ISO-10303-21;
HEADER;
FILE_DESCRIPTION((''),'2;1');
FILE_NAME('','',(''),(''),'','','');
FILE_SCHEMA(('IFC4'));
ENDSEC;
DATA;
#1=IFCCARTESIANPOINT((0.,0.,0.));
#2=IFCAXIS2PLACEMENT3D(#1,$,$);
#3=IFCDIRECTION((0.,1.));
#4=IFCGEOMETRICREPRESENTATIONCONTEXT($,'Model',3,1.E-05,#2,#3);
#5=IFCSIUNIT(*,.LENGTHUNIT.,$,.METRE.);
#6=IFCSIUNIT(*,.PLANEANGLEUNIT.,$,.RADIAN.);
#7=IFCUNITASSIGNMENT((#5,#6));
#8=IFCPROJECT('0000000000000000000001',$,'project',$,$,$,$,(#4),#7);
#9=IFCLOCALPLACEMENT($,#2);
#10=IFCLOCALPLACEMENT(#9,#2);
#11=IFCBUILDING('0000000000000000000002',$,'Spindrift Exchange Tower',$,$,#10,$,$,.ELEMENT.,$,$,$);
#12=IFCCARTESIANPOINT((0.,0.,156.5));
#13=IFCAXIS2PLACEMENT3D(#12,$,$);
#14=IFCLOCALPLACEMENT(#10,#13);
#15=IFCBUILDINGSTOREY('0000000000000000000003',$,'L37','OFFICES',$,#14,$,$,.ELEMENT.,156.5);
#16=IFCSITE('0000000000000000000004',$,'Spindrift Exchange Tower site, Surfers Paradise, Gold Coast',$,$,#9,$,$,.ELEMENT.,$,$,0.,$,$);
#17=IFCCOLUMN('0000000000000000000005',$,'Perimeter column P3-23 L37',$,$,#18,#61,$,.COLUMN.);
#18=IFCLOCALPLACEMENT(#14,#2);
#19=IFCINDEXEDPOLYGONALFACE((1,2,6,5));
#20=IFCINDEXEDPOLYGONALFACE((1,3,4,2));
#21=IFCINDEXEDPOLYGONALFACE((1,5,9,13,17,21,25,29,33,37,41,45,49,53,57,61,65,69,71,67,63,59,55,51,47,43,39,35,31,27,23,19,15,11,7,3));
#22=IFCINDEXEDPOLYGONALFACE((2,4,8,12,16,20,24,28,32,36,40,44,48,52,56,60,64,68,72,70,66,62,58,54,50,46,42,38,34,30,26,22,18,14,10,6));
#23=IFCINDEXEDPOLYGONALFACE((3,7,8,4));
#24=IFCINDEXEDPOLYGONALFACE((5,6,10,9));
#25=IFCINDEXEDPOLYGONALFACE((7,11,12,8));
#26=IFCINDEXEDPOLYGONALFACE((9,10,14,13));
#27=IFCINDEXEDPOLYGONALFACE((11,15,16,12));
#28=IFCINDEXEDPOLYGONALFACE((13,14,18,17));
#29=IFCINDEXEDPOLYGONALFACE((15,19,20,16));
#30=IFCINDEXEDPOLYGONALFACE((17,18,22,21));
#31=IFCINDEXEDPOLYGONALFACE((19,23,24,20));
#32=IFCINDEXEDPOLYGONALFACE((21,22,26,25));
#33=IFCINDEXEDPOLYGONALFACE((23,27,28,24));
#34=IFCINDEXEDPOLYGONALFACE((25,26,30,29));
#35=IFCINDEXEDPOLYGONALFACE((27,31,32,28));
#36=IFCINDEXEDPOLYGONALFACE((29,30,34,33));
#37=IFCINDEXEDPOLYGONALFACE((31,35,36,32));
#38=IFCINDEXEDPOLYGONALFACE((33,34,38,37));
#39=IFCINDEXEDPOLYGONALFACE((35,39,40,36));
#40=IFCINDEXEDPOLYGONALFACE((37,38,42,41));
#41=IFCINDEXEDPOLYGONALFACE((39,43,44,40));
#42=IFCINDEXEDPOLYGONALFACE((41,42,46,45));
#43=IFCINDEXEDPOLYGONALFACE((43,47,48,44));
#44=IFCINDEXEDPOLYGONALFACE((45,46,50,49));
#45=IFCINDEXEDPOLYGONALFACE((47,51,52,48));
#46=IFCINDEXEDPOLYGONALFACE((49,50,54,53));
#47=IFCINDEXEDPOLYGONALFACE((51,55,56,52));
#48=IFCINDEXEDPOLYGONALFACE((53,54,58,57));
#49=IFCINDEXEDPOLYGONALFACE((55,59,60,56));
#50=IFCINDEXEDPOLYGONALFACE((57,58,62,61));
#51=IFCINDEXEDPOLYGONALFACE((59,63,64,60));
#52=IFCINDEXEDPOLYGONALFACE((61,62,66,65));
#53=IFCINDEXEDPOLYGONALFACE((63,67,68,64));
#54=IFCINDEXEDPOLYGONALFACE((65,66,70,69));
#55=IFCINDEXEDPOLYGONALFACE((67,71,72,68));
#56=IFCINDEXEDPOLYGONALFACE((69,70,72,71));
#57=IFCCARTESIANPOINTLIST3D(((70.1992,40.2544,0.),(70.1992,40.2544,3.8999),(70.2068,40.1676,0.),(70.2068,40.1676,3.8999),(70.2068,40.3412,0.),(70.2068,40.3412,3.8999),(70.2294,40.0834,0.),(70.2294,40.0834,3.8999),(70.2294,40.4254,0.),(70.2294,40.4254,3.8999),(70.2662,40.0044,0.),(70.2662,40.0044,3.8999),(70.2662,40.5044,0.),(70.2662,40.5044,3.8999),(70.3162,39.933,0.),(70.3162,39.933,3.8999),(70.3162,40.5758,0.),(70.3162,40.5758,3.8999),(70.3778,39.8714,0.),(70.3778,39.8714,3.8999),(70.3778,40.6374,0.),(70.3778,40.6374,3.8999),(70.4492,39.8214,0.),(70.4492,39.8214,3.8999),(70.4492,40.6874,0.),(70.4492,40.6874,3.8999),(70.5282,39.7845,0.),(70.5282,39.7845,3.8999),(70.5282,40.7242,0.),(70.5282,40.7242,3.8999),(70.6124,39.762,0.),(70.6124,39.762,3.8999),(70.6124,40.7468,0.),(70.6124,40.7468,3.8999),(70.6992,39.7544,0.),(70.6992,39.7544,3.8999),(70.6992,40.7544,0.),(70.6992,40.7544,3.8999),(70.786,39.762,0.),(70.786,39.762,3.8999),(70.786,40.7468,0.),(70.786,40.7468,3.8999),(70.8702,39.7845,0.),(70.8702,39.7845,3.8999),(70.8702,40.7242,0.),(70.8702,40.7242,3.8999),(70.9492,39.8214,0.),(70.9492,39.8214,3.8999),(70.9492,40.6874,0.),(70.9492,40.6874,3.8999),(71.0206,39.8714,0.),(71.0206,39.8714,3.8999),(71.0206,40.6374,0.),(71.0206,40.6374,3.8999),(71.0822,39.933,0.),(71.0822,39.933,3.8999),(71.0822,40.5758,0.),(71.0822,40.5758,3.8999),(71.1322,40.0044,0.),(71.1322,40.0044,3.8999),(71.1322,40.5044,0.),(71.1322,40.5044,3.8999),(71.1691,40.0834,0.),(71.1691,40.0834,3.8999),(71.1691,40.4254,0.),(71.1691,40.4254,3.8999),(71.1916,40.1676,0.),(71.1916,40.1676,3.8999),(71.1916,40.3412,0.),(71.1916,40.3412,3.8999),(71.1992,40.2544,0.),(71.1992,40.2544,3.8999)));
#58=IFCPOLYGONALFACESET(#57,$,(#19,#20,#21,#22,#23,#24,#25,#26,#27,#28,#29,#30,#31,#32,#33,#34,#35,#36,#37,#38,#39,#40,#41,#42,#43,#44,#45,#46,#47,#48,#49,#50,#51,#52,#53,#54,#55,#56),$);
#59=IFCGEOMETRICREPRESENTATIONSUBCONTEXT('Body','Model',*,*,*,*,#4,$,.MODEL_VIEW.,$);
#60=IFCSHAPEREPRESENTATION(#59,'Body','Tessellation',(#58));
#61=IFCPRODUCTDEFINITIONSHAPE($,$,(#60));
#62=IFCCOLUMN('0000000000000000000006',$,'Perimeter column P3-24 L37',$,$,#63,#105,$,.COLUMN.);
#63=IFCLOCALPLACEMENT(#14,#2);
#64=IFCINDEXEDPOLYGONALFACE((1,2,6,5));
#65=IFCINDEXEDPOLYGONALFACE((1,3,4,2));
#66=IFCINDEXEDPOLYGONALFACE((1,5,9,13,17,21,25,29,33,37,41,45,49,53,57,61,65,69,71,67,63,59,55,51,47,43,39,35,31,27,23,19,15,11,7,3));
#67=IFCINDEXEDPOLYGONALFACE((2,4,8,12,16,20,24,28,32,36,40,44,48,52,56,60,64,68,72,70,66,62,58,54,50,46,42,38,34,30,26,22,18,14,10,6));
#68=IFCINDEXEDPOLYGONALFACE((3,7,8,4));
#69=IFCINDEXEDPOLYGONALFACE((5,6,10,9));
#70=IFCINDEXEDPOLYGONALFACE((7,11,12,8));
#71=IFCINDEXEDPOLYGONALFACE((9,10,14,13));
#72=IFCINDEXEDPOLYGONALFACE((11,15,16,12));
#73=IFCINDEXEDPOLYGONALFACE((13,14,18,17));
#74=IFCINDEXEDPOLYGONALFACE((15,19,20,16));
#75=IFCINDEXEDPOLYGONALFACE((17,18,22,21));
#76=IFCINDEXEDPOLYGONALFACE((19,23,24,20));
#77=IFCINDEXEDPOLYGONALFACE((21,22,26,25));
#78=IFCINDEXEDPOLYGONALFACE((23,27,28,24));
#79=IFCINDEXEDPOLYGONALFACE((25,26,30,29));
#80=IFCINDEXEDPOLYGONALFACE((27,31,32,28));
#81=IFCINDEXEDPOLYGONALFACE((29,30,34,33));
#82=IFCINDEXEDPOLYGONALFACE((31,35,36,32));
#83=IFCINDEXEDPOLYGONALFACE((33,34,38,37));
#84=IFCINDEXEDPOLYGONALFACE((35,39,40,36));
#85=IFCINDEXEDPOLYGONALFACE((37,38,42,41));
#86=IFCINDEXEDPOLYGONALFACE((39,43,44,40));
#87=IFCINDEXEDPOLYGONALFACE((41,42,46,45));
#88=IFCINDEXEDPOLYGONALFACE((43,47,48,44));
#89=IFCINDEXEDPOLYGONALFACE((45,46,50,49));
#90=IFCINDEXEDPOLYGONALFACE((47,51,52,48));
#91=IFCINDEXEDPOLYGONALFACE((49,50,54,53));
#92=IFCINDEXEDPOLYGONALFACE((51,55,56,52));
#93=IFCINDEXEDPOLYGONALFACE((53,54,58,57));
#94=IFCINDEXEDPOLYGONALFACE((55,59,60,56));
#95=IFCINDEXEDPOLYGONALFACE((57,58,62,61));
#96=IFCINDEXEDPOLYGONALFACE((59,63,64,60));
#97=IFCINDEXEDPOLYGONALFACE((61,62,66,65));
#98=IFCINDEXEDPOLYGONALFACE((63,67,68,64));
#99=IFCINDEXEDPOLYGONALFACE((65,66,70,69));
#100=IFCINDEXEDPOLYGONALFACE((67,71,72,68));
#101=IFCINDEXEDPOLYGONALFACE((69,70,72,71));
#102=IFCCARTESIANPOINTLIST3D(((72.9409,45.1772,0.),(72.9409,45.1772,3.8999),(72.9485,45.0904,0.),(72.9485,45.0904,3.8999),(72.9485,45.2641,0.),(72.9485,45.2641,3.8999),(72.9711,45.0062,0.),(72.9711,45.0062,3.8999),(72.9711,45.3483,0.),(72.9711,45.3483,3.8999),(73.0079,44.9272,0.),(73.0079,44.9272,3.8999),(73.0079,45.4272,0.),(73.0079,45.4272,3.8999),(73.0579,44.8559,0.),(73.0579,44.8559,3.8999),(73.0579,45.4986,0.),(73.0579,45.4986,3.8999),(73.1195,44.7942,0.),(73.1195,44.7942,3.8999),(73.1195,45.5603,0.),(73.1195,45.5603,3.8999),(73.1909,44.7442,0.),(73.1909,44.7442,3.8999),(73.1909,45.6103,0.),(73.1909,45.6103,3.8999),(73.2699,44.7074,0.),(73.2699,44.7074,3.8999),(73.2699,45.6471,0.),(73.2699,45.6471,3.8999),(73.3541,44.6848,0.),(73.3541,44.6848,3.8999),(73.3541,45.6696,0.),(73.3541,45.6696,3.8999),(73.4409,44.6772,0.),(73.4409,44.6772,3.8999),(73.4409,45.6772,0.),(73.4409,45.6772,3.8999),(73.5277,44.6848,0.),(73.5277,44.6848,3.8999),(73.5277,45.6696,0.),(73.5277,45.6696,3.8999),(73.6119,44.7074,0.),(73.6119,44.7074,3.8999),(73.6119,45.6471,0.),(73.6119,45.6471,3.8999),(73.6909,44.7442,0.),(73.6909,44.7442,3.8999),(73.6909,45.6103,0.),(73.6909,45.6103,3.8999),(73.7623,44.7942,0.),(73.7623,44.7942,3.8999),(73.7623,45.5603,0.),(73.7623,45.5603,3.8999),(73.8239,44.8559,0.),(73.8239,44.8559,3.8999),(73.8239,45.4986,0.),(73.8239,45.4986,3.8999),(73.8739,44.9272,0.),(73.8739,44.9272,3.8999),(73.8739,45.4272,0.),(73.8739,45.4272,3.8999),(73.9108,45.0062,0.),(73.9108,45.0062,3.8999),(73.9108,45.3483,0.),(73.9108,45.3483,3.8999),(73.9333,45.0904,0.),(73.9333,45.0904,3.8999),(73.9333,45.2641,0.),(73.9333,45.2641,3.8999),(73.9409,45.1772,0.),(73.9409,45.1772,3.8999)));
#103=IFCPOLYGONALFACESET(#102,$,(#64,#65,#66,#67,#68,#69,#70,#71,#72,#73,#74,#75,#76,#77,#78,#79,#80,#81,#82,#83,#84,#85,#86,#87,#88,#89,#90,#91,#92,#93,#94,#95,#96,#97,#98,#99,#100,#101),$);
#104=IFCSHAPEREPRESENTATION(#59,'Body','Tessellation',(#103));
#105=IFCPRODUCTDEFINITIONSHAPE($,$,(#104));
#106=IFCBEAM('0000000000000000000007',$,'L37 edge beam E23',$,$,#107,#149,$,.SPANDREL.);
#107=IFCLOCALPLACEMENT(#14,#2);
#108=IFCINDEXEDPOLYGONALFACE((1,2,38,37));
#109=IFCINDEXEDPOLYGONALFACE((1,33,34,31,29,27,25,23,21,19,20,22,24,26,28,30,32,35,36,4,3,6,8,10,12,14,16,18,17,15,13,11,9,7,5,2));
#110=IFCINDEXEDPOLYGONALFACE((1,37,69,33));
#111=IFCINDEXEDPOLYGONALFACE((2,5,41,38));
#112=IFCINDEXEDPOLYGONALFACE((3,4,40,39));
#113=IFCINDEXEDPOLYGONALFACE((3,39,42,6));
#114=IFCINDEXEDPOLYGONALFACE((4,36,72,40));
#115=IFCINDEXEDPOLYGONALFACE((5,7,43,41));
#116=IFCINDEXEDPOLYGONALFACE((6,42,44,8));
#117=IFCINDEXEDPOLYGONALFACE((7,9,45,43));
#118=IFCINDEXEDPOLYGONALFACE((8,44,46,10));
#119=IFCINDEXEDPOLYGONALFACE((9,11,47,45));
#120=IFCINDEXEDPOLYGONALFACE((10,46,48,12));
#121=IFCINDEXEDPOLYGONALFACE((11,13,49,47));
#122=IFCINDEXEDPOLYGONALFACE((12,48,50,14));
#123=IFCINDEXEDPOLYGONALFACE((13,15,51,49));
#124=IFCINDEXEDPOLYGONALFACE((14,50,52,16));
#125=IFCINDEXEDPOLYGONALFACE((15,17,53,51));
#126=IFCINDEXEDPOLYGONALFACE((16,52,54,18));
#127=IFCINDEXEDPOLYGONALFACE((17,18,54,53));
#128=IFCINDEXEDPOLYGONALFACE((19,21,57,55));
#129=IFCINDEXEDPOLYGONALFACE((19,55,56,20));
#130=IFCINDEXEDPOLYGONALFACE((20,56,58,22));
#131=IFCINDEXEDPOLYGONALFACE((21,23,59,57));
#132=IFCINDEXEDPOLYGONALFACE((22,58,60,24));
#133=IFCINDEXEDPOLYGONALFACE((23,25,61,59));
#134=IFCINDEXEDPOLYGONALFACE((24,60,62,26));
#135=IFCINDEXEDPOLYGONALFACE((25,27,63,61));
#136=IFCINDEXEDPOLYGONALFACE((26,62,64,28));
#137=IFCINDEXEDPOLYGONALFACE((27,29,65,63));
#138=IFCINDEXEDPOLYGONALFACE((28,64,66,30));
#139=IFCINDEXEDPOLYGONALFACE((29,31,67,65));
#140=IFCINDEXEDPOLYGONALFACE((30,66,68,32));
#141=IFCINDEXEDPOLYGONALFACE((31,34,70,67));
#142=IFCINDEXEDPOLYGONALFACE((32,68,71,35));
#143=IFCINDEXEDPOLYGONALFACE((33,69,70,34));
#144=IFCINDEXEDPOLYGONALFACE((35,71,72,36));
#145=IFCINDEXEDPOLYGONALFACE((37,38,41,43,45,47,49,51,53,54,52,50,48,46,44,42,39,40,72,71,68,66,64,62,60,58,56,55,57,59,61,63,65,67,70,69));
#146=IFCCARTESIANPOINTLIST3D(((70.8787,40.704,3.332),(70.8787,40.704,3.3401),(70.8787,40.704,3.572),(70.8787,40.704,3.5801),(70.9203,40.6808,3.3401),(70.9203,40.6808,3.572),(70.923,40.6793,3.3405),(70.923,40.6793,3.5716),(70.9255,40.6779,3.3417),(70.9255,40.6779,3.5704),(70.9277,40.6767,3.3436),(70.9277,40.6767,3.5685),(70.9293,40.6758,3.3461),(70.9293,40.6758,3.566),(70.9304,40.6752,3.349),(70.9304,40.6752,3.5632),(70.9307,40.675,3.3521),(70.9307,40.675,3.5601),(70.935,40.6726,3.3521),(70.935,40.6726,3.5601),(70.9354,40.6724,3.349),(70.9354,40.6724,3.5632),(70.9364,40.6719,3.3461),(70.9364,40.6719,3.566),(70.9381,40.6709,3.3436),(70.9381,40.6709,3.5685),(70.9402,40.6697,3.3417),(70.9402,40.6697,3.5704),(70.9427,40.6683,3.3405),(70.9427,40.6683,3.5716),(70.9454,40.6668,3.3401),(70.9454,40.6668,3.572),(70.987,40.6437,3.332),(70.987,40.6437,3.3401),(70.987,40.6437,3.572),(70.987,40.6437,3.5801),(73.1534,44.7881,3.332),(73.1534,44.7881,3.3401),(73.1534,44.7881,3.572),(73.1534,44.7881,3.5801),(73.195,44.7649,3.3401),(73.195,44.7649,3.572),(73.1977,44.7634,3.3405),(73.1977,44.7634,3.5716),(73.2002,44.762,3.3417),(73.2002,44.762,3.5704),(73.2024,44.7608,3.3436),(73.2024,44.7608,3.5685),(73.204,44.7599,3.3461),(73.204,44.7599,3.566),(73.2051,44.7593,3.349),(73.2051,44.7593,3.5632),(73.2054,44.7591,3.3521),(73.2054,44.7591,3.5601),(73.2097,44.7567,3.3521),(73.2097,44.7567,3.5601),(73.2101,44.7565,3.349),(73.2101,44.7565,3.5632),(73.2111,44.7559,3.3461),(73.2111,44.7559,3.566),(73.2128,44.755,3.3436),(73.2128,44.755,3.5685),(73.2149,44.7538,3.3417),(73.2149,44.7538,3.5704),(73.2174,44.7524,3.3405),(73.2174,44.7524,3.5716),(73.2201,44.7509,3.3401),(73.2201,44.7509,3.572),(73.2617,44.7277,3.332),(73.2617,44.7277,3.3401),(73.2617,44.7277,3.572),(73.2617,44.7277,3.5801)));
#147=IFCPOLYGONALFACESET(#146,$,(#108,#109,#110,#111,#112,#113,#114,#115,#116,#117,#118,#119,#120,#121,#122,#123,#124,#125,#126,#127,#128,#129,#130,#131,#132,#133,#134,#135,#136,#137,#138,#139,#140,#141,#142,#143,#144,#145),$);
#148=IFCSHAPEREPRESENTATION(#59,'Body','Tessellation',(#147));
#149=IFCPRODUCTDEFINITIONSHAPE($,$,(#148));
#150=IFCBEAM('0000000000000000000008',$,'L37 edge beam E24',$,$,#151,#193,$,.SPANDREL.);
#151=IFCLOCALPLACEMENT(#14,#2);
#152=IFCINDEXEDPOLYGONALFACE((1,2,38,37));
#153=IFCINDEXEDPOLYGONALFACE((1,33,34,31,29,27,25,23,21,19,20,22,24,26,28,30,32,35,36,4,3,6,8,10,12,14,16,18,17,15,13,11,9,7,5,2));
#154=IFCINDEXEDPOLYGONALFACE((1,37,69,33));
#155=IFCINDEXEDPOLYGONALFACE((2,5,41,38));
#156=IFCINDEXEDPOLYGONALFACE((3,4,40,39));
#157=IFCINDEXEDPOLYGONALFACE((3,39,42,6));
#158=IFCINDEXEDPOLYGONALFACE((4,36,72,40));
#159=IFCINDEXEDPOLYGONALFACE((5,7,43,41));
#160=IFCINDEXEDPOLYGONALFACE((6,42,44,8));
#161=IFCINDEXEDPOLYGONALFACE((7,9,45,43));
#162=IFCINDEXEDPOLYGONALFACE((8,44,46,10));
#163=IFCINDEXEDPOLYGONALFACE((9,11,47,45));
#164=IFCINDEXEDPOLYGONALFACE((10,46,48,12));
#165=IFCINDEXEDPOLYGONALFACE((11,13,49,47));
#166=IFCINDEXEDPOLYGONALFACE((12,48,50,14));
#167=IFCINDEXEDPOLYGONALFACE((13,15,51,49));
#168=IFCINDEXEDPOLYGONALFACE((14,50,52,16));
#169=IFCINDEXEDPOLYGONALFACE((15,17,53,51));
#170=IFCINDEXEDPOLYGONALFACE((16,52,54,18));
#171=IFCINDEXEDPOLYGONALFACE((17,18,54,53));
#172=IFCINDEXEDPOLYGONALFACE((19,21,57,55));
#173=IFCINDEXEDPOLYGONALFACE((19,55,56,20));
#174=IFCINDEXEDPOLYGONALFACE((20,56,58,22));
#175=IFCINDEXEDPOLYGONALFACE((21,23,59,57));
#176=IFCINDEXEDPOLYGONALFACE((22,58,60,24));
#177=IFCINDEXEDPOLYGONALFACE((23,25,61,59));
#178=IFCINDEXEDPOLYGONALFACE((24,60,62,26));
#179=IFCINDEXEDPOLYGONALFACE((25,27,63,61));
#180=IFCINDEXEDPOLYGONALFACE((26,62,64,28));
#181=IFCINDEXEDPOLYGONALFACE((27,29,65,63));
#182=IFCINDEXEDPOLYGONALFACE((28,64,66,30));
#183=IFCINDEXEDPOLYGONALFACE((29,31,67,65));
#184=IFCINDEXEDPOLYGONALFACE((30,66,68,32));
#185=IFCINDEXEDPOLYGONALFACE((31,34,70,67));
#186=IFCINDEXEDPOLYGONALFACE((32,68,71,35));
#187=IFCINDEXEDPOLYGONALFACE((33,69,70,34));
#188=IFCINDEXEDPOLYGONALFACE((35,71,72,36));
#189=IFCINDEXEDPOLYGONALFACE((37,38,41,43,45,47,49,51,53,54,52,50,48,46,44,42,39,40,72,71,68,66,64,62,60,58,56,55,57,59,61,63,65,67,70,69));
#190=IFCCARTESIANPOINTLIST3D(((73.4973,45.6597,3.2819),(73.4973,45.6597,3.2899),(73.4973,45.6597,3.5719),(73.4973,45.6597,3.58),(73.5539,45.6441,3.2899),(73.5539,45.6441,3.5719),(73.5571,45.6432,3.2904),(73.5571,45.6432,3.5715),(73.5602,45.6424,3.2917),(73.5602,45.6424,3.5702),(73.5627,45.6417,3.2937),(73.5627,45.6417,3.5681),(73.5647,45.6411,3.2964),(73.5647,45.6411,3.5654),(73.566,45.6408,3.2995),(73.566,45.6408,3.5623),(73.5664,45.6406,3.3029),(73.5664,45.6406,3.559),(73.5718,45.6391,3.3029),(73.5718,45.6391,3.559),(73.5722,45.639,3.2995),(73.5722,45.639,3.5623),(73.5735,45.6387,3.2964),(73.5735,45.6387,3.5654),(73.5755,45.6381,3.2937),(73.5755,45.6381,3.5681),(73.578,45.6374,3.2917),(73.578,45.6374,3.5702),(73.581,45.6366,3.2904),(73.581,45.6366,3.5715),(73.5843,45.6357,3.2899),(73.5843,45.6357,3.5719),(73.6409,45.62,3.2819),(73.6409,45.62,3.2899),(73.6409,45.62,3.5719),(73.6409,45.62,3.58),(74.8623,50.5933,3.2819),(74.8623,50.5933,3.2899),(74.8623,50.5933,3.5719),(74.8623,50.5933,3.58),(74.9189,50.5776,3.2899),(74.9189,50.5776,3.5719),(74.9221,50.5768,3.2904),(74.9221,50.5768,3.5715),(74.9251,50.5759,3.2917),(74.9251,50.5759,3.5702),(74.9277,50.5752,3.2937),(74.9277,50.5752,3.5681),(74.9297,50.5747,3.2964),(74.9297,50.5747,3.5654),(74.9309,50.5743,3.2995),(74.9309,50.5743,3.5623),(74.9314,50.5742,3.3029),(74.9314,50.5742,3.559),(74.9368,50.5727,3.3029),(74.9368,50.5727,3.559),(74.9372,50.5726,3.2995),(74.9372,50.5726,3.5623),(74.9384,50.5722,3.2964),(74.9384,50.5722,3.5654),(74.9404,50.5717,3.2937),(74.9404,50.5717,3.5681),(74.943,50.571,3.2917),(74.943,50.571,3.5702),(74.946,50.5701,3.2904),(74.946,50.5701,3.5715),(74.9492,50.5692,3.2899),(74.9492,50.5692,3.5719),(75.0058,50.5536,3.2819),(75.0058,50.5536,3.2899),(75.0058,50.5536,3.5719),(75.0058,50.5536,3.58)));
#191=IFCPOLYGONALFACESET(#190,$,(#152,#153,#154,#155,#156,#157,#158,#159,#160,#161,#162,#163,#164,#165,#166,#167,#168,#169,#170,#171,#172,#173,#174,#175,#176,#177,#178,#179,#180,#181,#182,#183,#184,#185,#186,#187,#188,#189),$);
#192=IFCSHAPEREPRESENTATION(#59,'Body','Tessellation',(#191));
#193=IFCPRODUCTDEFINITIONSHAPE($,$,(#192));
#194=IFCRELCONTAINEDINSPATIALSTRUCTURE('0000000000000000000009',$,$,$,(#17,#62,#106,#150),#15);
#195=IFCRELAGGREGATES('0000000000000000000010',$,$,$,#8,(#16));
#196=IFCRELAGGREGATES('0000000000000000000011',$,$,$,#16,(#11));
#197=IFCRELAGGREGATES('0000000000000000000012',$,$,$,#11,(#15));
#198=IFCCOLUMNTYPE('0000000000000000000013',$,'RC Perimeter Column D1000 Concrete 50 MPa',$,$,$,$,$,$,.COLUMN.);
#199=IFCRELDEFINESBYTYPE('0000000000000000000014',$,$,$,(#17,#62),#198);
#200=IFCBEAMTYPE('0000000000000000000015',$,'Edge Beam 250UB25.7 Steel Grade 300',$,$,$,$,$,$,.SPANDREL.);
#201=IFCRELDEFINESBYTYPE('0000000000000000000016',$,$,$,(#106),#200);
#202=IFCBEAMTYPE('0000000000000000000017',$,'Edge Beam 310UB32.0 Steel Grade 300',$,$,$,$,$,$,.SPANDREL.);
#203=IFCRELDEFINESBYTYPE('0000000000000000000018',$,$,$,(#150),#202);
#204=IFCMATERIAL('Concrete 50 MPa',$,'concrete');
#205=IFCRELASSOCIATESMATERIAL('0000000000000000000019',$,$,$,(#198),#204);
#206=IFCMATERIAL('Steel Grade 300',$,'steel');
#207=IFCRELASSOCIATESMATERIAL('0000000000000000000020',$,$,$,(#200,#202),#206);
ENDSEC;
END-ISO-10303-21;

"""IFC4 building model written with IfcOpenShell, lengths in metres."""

from ifc_helpers import new_model, si_unit, direction, frame, origin, origin_2d, place, context, subcontext, project, spatial, circle, i_section, extrude, source, transform, mapped, material, material_profile, profile_set, type_object, element, save


model = new_model("IFC4")

# Units and contexts
model_context = context("Model", 3, precision=1e-05, world=origin(), true_north=direction((0.0, 1.0)))
body_context = subcontext(model_context, "Body", "Model", "MODEL_VIEW")
ifc_project = project(units=[si_unit("LENGTHUNIT", "METRE"), si_unit("PLANEANGLEUNIT", "RADIAN")], contexts=[model_context])

# Site, building, storey
site_placement = place(None, origin())
site = spatial("IfcSite", under=ifc_project, at=site_placement, Name="Spindrift Exchange Tower site, Surfers Paradise, Gold Coast", CompositionType="ELEMENT", RefElevation=0.0)
building_placement = place(site_placement, origin())
building = spatial("IfcBuilding", under=site, at=building_placement, Name="Spindrift Exchange Tower", CompositionType="ELEMENT")
storey_placement = place(building_placement, frame((0.0, 0.0, 156.5)))
storey = spatial("IfcBuildingStorey", under=building, at=storey_placement, Name="L37", Description="OFFICES", CompositionType="ELEMENT", Elevation=156.5)

# Columns
ifc_material_1 = material(Name="Concrete 50 MPa", Category="concrete")
ifc_material_profile_1 = material_profile(ifc_material_1, circle(Radius=0.5, at=origin_2d()), Name="RC D1000")
ifc_profile_set_1 = profile_set([ifc_material_profile_1], Name="Concrete 50 MPa")
column_type = type_object("IfcColumnType", Name="RC Perimeter Column D1000 Concrete 50 MPa", PredefinedType="COLUMN", material=ifc_profile_set_1)
shared_shape_1 = source(origin(), body_context, "Body", "SweptSolid", [
    extrude(circle(Radius=0.5, at=origin_2d()), origin(), (0.0, 0.0, 1.0), 3.8999),
])
for number, where, z_axis, x_axis, name in (
    (1, (70.6992, 40.2544, 0.0), (0.0, 0.0, 1.0), (1.0, 0.0, 0.0), "Perimeter column P3-23 L37"),
    (2, (73.4409, 45.1772, 0.0), (0.0, 0.0, 1.0), (1.0, 0.0, 0.0), "Perimeter column P3-24 L37"),
):
    element("IfcColumn", number, at=place(storey_placement, frame(where, z_axis=z_axis, x_axis=x_axis)), inside=storey, type_object=column_type, Name=name, PredefinedType="COLUMN", context=body_context, shape_type="MappedRepresentation", body=[
        mapped(shared_shape_1, transform((0.0, 0.0, 0.0), scale=1.0)),
    ])

# Beams
ifc_material_2 = material(Name="Steel Grade 300", Category="steel")
ifc_material_profile_2 = material_profile(ifc_material_2, i_section(OverallWidth=0.124, OverallDepth=0.248, WebThickness=0.0049, FlangeThickness=0.0081, FilletRadius=0.012, at=origin_2d()), Name="250UB25.7")
ifc_profile_set_2 = profile_set([ifc_material_profile_2], Name="Steel Grade 300")
beam_type_1 = type_object("IfcBeamType", Name="Edge Beam 250UB25.7 Steel Grade 300", PredefinedType="SPANDREL", material=ifc_profile_set_2)
shared_shape_2 = source(origin(), body_context, "Body", "SweptSolid", [
    extrude(i_section(OverallWidth=0.124, OverallDepth=0.248, WebThickness=0.0049, FlangeThickness=0.0081, FilletRadius=0.012, at=origin_2d()), origin(), (0.0, 0.0, 1.0), 4.6748),
])
beam_1_placement = place(storey_placement, frame((70.9329, 40.6738, 3.4561), z_axis=(0.486587, 0.873632, 0.0), x_axis=(-0.873632, 0.486587, 0.0)))
element("IfcBeam", 3, at=beam_1_placement, inside=storey, type_object=beam_type_1, Name="L37 edge beam E23", PredefinedType="SPANDREL", context=body_context, shape_type="MappedRepresentation", body=[
    mapped(shared_shape_2, transform((0.0, 0.0, 0.0), scale=1.0)),
])
ifc_material_profile_3 = material_profile(ifc_material_2, i_section(OverallWidth=0.1489, OverallDepth=0.2981, WebThickness=0.0056, FlangeThickness=0.0081, FilletRadius=0.0129, at=origin_2d()), Name="310UB32.0")
ifc_profile_set_3 = profile_set([ifc_material_profile_3], Name="Steel Grade 300")
beam_type_2 = type_object("IfcBeamType", Name="Edge Beam 310UB32.0 Steel Grade 300", PredefinedType="SPANDREL", material=ifc_profile_set_3)
shared_shape_3 = source(origin(), body_context, "Body", "SweptSolid", [
    extrude(i_section(OverallWidth=0.1489, OverallDepth=0.2981, WebThickness=0.0056, FlangeThickness=0.0081, FilletRadius=0.0129, at=origin_2d()), origin(), (0.0, 0.0, 1.0), 5.1189),
])
beam_2_placement = place(storey_placement, frame((73.5691, 45.6399, 3.4309), z_axis=(0.266655, 0.963792, 0.0), x_axis=(-0.963792, 0.266655, 0.0)))
element("IfcBeam", 4, at=beam_2_placement, inside=storey, type_object=beam_type_2, Name="L37 edge beam E24", PredefinedType="SPANDREL", context=body_context, shape_type="MappedRepresentation", body=[
    mapped(shared_shape_3, transform((0.0, 0.0, 0.0), scale=1.0)),
])

save(model, "model.ifc")
